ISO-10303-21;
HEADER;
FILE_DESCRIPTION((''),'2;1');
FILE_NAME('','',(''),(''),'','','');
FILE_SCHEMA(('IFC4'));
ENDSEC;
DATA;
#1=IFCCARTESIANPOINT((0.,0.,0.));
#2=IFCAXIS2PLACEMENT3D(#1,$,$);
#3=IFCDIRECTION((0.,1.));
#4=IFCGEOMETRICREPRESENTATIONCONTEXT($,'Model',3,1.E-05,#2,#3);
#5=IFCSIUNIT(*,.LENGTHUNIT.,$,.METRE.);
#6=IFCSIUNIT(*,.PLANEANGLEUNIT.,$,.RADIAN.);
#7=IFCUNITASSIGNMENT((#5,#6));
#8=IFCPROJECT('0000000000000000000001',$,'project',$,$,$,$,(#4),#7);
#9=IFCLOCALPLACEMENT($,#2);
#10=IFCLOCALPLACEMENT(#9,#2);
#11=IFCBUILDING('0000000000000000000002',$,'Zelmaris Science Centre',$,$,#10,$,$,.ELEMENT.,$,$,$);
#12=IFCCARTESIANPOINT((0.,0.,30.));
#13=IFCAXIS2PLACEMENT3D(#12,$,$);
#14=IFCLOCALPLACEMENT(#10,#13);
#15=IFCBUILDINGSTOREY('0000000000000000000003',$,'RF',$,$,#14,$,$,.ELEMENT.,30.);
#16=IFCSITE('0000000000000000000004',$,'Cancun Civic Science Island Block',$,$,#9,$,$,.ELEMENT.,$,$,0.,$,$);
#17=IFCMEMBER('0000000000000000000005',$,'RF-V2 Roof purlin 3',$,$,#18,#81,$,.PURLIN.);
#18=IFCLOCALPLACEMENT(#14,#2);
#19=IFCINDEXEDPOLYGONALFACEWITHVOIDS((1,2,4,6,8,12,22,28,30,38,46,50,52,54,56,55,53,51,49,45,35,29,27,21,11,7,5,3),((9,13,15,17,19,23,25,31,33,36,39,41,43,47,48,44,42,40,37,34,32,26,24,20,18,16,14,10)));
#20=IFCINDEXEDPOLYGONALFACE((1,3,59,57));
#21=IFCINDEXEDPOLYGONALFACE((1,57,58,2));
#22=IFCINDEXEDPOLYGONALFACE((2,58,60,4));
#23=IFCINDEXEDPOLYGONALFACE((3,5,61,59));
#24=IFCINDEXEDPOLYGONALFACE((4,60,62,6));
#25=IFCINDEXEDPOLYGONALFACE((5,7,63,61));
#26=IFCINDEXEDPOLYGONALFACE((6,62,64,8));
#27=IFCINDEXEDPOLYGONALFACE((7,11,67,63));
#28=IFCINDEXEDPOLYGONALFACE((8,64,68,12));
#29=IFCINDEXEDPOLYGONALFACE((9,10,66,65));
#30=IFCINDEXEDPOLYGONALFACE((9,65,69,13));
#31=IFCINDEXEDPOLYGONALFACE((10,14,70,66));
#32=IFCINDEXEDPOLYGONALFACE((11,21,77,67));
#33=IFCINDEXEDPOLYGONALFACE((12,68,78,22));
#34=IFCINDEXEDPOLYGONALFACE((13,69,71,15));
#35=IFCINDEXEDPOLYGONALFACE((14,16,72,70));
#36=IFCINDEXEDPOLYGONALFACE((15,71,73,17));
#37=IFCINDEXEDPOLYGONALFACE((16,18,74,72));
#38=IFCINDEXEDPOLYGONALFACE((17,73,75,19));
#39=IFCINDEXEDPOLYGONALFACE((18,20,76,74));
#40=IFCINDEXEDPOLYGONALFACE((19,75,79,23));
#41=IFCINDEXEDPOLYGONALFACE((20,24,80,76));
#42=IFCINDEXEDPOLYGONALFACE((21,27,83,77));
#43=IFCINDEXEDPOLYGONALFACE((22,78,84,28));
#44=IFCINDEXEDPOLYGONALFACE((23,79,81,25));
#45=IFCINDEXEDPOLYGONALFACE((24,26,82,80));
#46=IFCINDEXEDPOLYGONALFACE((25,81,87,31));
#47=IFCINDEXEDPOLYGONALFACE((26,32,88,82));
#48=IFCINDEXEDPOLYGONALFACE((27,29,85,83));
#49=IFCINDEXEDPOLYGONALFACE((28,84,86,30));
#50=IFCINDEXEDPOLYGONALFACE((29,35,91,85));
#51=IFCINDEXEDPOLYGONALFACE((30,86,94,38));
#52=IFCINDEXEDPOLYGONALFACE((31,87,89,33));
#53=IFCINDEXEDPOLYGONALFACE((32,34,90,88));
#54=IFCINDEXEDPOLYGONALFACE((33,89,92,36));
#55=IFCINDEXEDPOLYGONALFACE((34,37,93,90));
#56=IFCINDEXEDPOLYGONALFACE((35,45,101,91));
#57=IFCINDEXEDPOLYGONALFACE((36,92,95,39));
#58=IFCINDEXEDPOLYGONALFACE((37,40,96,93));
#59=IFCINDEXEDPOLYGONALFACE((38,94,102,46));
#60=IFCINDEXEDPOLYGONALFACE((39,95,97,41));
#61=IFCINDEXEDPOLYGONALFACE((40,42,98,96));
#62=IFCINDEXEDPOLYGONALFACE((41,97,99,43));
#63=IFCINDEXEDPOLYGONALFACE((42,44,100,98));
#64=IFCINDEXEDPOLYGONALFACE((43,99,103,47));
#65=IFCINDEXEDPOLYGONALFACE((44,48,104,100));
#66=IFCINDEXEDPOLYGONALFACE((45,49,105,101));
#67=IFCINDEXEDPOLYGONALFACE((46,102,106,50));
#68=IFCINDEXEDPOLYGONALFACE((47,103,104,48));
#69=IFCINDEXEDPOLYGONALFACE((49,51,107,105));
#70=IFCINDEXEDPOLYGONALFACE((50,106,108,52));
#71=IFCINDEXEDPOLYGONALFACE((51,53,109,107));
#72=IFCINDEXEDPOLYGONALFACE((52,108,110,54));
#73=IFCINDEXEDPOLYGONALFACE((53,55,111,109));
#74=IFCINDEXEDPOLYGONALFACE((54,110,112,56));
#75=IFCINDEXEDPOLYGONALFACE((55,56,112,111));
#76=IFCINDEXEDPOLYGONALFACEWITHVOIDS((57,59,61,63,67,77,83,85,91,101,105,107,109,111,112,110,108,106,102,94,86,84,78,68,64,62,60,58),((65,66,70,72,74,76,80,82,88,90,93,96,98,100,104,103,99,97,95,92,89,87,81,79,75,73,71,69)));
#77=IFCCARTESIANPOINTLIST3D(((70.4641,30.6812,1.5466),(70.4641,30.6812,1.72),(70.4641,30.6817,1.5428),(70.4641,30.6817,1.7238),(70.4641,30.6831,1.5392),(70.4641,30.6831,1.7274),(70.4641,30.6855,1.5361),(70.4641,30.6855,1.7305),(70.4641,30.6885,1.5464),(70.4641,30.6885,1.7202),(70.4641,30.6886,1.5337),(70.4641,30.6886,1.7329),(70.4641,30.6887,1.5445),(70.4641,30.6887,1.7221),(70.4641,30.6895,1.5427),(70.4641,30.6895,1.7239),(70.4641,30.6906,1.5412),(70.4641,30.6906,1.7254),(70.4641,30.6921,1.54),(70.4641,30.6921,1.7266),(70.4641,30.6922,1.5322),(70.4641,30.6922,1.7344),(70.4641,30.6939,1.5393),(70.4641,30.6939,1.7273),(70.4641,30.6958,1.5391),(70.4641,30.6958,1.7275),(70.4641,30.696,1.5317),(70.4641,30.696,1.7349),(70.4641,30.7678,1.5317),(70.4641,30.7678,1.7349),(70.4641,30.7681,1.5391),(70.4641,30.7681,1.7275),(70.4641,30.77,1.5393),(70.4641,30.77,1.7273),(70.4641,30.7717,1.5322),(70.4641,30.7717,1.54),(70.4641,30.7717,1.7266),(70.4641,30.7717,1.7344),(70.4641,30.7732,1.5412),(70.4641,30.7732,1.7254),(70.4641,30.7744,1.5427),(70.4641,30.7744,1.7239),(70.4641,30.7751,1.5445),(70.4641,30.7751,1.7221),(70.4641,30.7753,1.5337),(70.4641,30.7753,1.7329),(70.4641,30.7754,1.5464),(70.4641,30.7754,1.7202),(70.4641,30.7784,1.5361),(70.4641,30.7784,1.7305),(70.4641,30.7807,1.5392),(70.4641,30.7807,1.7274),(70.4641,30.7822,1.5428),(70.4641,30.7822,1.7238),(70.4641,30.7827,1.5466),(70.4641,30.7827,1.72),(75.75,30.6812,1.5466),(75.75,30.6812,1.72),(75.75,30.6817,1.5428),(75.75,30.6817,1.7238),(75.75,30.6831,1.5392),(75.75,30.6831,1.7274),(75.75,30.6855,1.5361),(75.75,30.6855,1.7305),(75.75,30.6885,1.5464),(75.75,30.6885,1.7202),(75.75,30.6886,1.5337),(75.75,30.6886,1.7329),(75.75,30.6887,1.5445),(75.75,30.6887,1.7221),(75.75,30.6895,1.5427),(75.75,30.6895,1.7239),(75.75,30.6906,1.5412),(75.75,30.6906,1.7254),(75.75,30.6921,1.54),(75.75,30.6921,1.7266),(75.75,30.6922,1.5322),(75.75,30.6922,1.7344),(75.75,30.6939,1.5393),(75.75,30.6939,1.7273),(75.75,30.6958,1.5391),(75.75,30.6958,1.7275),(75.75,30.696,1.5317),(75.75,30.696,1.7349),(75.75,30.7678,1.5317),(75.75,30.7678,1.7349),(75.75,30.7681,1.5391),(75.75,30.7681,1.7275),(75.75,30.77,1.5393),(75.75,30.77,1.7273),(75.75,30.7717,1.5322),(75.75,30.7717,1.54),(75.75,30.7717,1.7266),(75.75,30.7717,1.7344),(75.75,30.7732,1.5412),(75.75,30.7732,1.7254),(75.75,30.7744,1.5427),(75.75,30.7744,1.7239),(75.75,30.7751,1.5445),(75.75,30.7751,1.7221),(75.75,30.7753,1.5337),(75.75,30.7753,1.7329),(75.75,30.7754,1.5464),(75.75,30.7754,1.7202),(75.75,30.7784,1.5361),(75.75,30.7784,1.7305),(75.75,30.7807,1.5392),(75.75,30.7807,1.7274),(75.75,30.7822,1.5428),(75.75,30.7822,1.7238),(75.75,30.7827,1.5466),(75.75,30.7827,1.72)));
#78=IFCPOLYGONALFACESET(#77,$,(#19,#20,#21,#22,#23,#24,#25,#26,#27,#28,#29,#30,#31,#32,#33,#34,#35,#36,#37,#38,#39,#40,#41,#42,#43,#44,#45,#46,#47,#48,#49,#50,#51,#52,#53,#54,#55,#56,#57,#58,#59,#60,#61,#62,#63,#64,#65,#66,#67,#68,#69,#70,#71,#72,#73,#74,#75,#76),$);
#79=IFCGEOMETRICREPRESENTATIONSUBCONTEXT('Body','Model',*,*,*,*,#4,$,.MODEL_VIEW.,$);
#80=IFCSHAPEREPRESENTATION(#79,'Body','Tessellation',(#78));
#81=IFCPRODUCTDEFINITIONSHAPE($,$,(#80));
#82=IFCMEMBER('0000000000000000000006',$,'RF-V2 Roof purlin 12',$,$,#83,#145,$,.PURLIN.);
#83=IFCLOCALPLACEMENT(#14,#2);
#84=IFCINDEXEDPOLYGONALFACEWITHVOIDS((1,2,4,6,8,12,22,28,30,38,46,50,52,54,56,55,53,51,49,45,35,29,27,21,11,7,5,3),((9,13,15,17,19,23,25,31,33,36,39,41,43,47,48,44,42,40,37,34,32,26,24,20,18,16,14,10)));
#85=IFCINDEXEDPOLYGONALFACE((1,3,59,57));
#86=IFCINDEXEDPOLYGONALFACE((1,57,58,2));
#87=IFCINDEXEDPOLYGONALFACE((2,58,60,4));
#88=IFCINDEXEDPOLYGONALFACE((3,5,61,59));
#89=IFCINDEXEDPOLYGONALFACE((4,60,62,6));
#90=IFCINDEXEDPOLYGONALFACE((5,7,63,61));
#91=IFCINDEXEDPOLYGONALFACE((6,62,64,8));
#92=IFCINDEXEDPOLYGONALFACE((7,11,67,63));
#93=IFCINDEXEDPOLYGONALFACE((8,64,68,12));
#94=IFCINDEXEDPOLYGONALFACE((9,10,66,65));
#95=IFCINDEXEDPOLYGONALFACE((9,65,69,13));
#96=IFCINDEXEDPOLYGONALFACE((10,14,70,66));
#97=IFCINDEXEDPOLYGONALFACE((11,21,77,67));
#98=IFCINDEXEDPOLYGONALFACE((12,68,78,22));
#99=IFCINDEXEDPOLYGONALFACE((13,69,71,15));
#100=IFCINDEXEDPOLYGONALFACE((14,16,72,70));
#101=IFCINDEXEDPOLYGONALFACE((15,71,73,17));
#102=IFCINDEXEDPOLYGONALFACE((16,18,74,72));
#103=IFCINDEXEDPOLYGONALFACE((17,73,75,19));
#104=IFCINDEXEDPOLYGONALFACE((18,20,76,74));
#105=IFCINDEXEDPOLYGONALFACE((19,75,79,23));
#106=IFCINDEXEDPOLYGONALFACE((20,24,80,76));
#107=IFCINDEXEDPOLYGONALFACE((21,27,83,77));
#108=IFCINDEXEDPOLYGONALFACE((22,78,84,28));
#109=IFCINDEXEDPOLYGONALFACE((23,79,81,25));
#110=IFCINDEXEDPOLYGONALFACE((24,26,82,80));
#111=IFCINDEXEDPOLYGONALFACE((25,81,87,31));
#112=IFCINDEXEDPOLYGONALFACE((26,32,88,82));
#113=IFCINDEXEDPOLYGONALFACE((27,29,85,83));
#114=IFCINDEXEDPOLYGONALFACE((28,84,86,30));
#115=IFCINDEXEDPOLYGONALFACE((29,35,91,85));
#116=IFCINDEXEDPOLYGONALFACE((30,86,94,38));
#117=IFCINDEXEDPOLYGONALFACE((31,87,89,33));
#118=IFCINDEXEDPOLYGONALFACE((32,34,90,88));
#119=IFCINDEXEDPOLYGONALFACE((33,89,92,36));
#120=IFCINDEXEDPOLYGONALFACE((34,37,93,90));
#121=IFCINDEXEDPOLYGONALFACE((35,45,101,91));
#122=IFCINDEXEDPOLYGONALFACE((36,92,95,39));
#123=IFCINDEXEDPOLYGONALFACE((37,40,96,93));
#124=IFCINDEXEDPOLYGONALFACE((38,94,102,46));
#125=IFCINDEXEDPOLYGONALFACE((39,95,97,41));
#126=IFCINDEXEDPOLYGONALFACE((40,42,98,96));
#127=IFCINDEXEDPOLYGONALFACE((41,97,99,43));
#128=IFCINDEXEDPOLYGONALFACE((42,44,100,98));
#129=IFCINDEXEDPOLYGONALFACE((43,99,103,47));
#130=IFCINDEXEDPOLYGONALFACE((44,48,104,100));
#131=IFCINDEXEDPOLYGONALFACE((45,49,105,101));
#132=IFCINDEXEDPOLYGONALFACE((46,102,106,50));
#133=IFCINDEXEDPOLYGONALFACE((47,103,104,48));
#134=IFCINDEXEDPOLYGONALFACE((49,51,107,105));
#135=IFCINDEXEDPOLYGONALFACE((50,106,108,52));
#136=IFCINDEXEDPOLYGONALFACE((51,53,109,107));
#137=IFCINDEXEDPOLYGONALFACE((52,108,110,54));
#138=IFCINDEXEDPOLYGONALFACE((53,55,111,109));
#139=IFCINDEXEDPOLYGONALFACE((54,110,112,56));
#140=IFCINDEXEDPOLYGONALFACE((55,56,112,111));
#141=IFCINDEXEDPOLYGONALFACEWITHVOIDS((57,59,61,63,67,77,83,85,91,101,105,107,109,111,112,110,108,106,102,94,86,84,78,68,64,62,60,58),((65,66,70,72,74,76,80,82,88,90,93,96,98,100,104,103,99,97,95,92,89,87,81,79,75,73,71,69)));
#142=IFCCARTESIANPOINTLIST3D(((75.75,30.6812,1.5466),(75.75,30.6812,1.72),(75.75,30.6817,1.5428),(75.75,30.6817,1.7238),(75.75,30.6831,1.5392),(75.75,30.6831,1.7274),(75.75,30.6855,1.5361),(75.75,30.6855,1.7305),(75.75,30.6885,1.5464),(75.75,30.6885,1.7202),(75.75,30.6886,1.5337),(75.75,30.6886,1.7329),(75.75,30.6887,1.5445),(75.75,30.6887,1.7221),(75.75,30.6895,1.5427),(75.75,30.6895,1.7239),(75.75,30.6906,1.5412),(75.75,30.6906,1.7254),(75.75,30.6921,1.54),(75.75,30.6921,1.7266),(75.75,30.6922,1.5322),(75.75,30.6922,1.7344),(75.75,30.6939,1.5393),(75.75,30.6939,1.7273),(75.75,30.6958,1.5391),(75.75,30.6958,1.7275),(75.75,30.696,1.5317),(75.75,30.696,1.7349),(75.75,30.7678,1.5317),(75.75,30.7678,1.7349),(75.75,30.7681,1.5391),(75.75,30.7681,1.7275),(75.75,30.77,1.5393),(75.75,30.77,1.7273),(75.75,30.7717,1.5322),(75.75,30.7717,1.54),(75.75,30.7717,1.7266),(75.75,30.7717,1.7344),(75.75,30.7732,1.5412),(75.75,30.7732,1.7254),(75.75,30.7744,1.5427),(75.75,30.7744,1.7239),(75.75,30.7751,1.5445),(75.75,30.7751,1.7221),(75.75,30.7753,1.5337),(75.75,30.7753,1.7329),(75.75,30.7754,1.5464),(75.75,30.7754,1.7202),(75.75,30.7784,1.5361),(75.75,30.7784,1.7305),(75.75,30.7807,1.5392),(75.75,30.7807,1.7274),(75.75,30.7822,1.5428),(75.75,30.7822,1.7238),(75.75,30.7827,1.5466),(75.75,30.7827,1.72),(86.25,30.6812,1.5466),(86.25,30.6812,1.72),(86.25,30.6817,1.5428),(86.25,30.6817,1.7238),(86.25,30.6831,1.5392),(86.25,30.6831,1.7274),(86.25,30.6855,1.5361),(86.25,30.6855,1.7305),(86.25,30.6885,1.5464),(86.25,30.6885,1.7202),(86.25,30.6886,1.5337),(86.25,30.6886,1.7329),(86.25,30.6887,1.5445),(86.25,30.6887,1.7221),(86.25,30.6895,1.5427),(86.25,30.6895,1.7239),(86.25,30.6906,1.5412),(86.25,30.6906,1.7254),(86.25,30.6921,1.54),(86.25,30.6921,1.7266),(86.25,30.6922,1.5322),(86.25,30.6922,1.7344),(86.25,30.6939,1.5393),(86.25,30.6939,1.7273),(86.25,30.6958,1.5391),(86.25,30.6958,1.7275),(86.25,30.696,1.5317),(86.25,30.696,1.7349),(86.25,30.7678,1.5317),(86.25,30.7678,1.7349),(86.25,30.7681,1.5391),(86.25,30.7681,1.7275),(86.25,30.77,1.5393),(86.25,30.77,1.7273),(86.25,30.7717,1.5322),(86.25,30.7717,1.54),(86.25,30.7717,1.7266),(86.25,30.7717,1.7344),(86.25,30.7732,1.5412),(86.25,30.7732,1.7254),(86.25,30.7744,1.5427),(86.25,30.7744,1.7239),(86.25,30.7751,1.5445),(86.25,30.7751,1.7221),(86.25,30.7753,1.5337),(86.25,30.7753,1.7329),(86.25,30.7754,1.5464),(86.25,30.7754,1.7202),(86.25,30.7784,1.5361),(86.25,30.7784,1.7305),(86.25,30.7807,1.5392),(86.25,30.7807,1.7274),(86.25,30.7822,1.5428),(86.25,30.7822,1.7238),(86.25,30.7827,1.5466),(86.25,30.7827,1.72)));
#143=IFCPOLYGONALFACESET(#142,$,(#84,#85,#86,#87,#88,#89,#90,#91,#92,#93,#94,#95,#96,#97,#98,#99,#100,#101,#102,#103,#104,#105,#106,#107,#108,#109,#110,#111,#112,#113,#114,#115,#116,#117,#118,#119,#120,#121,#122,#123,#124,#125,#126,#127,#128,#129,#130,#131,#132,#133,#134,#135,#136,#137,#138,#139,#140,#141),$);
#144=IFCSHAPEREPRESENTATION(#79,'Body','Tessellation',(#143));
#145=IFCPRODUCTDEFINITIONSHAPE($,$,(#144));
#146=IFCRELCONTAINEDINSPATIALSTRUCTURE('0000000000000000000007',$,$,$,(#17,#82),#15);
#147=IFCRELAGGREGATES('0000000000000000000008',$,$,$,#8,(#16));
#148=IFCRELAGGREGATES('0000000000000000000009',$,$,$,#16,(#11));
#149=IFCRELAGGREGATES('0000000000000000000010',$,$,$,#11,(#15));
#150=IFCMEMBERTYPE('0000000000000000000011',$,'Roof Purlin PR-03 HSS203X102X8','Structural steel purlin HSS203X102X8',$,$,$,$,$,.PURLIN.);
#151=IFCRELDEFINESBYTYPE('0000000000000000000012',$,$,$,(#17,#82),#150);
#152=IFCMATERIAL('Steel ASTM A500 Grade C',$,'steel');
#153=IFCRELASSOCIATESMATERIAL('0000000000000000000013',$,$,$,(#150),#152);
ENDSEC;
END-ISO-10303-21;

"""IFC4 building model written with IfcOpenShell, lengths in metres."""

from ifc_helpers import new_model, si_unit, direction, frame, origin, origin_2d, place, context, subcontext, project, spatial, hollow_rectangle, extrude, material, material_profile, profile_set, type_object, element, save


model = new_model("IFC4")

# Units and contexts
model_context = context("Model", 3, precision=1e-05, world=origin(), true_north=direction((0.0, 1.0)))
body_context = subcontext(model_context, "Body", "Model", "MODEL_VIEW")
ifc_project = project(units=[si_unit("LENGTHUNIT", "METRE"), si_unit("PLANEANGLEUNIT", "RADIAN")], contexts=[model_context])

# Site, building, storey
site_placement = place(None, origin())
site = spatial("IfcSite", under=ifc_project, at=site_placement, Name="Cancun Civic Science Island Block", CompositionType="ELEMENT", RefElevation=0.0)
building_placement = place(site_placement, origin())
building = spatial("IfcBuilding", under=site, at=building_placement, Name="Zelmaris Science Centre", CompositionType="ELEMENT")
storey_placement = place(building_placement, frame((0.0, 0.0, 30.0)))
storey = spatial("IfcBuildingStorey", under=building, at=storey_placement, Name="RF", CompositionType="ELEMENT", Elevation=30.0)

# Shared definitions
ifc_material_1 = material(Name="Steel ASTM A500 Grade C", Category="steel")

# Members
ifc_material_profile_1 = material_profile(ifc_material_1, hollow_rectangle(XDim=0.1016, YDim=0.2031, WallThickness=0.0073, InnerFilletRadius=0.0073, OuterFilletRadius=0.0149, at=origin_2d()), Name="HSS203X102X8")
ifc_profile_set_1 = profile_set([ifc_material_profile_1], Name="Steel ASTM A500 Grade C")
member_type_1 = type_object("IfcMemberType", Name="Roof Purlin PR-03 HSS203X102X8", Description="Structural steel purlin HSS203X102X8", PredefinedType="PURLIN", material=ifc_profile_set_1)
member_1_placement = place(storey_placement, frame((70.4641, 30.7319, 1.6333), z_axis=(1.0, 0.0, 0.0), x_axis=(0.0, 1.0, 0.0)))
element("IfcMember", 1, at=member_1_placement, inside=storey, type_object=member_type_1, Name="RF-V2 Roof purlin 3", PredefinedType="PURLIN", context=body_context, shape_type="SweptSolid", body=[
    extrude(hollow_rectangle(XDim=0.1016, YDim=0.2031, WallThickness=0.0073, InnerFilletRadius=0.0073, OuterFilletRadius=0.0149, at=origin_2d()), origin(), (0.0, 0.0, 1.0), 5.2859),
])
member_2_placement = place(storey_placement, frame((75.75, 30.7319, 1.6333), z_axis=(1.0, 0.0, 0.0), x_axis=(0.0, 1.0, 0.0)))
element("IfcMember", 2, at=member_2_placement, inside=storey, type_object=member_type_1, Name="RF-V2 Roof purlin 12", PredefinedType="PURLIN", context=body_context, shape_type="SweptSolid", body=[
    extrude(hollow_rectangle(XDim=0.1016, YDim=0.2031, WallThickness=0.0073, InnerFilletRadius=0.0073, OuterFilletRadius=0.0149, at=origin_2d()), origin(), (0.0, 0.0, 1.0), 10.5),
])

save(model, "model.ifc")
